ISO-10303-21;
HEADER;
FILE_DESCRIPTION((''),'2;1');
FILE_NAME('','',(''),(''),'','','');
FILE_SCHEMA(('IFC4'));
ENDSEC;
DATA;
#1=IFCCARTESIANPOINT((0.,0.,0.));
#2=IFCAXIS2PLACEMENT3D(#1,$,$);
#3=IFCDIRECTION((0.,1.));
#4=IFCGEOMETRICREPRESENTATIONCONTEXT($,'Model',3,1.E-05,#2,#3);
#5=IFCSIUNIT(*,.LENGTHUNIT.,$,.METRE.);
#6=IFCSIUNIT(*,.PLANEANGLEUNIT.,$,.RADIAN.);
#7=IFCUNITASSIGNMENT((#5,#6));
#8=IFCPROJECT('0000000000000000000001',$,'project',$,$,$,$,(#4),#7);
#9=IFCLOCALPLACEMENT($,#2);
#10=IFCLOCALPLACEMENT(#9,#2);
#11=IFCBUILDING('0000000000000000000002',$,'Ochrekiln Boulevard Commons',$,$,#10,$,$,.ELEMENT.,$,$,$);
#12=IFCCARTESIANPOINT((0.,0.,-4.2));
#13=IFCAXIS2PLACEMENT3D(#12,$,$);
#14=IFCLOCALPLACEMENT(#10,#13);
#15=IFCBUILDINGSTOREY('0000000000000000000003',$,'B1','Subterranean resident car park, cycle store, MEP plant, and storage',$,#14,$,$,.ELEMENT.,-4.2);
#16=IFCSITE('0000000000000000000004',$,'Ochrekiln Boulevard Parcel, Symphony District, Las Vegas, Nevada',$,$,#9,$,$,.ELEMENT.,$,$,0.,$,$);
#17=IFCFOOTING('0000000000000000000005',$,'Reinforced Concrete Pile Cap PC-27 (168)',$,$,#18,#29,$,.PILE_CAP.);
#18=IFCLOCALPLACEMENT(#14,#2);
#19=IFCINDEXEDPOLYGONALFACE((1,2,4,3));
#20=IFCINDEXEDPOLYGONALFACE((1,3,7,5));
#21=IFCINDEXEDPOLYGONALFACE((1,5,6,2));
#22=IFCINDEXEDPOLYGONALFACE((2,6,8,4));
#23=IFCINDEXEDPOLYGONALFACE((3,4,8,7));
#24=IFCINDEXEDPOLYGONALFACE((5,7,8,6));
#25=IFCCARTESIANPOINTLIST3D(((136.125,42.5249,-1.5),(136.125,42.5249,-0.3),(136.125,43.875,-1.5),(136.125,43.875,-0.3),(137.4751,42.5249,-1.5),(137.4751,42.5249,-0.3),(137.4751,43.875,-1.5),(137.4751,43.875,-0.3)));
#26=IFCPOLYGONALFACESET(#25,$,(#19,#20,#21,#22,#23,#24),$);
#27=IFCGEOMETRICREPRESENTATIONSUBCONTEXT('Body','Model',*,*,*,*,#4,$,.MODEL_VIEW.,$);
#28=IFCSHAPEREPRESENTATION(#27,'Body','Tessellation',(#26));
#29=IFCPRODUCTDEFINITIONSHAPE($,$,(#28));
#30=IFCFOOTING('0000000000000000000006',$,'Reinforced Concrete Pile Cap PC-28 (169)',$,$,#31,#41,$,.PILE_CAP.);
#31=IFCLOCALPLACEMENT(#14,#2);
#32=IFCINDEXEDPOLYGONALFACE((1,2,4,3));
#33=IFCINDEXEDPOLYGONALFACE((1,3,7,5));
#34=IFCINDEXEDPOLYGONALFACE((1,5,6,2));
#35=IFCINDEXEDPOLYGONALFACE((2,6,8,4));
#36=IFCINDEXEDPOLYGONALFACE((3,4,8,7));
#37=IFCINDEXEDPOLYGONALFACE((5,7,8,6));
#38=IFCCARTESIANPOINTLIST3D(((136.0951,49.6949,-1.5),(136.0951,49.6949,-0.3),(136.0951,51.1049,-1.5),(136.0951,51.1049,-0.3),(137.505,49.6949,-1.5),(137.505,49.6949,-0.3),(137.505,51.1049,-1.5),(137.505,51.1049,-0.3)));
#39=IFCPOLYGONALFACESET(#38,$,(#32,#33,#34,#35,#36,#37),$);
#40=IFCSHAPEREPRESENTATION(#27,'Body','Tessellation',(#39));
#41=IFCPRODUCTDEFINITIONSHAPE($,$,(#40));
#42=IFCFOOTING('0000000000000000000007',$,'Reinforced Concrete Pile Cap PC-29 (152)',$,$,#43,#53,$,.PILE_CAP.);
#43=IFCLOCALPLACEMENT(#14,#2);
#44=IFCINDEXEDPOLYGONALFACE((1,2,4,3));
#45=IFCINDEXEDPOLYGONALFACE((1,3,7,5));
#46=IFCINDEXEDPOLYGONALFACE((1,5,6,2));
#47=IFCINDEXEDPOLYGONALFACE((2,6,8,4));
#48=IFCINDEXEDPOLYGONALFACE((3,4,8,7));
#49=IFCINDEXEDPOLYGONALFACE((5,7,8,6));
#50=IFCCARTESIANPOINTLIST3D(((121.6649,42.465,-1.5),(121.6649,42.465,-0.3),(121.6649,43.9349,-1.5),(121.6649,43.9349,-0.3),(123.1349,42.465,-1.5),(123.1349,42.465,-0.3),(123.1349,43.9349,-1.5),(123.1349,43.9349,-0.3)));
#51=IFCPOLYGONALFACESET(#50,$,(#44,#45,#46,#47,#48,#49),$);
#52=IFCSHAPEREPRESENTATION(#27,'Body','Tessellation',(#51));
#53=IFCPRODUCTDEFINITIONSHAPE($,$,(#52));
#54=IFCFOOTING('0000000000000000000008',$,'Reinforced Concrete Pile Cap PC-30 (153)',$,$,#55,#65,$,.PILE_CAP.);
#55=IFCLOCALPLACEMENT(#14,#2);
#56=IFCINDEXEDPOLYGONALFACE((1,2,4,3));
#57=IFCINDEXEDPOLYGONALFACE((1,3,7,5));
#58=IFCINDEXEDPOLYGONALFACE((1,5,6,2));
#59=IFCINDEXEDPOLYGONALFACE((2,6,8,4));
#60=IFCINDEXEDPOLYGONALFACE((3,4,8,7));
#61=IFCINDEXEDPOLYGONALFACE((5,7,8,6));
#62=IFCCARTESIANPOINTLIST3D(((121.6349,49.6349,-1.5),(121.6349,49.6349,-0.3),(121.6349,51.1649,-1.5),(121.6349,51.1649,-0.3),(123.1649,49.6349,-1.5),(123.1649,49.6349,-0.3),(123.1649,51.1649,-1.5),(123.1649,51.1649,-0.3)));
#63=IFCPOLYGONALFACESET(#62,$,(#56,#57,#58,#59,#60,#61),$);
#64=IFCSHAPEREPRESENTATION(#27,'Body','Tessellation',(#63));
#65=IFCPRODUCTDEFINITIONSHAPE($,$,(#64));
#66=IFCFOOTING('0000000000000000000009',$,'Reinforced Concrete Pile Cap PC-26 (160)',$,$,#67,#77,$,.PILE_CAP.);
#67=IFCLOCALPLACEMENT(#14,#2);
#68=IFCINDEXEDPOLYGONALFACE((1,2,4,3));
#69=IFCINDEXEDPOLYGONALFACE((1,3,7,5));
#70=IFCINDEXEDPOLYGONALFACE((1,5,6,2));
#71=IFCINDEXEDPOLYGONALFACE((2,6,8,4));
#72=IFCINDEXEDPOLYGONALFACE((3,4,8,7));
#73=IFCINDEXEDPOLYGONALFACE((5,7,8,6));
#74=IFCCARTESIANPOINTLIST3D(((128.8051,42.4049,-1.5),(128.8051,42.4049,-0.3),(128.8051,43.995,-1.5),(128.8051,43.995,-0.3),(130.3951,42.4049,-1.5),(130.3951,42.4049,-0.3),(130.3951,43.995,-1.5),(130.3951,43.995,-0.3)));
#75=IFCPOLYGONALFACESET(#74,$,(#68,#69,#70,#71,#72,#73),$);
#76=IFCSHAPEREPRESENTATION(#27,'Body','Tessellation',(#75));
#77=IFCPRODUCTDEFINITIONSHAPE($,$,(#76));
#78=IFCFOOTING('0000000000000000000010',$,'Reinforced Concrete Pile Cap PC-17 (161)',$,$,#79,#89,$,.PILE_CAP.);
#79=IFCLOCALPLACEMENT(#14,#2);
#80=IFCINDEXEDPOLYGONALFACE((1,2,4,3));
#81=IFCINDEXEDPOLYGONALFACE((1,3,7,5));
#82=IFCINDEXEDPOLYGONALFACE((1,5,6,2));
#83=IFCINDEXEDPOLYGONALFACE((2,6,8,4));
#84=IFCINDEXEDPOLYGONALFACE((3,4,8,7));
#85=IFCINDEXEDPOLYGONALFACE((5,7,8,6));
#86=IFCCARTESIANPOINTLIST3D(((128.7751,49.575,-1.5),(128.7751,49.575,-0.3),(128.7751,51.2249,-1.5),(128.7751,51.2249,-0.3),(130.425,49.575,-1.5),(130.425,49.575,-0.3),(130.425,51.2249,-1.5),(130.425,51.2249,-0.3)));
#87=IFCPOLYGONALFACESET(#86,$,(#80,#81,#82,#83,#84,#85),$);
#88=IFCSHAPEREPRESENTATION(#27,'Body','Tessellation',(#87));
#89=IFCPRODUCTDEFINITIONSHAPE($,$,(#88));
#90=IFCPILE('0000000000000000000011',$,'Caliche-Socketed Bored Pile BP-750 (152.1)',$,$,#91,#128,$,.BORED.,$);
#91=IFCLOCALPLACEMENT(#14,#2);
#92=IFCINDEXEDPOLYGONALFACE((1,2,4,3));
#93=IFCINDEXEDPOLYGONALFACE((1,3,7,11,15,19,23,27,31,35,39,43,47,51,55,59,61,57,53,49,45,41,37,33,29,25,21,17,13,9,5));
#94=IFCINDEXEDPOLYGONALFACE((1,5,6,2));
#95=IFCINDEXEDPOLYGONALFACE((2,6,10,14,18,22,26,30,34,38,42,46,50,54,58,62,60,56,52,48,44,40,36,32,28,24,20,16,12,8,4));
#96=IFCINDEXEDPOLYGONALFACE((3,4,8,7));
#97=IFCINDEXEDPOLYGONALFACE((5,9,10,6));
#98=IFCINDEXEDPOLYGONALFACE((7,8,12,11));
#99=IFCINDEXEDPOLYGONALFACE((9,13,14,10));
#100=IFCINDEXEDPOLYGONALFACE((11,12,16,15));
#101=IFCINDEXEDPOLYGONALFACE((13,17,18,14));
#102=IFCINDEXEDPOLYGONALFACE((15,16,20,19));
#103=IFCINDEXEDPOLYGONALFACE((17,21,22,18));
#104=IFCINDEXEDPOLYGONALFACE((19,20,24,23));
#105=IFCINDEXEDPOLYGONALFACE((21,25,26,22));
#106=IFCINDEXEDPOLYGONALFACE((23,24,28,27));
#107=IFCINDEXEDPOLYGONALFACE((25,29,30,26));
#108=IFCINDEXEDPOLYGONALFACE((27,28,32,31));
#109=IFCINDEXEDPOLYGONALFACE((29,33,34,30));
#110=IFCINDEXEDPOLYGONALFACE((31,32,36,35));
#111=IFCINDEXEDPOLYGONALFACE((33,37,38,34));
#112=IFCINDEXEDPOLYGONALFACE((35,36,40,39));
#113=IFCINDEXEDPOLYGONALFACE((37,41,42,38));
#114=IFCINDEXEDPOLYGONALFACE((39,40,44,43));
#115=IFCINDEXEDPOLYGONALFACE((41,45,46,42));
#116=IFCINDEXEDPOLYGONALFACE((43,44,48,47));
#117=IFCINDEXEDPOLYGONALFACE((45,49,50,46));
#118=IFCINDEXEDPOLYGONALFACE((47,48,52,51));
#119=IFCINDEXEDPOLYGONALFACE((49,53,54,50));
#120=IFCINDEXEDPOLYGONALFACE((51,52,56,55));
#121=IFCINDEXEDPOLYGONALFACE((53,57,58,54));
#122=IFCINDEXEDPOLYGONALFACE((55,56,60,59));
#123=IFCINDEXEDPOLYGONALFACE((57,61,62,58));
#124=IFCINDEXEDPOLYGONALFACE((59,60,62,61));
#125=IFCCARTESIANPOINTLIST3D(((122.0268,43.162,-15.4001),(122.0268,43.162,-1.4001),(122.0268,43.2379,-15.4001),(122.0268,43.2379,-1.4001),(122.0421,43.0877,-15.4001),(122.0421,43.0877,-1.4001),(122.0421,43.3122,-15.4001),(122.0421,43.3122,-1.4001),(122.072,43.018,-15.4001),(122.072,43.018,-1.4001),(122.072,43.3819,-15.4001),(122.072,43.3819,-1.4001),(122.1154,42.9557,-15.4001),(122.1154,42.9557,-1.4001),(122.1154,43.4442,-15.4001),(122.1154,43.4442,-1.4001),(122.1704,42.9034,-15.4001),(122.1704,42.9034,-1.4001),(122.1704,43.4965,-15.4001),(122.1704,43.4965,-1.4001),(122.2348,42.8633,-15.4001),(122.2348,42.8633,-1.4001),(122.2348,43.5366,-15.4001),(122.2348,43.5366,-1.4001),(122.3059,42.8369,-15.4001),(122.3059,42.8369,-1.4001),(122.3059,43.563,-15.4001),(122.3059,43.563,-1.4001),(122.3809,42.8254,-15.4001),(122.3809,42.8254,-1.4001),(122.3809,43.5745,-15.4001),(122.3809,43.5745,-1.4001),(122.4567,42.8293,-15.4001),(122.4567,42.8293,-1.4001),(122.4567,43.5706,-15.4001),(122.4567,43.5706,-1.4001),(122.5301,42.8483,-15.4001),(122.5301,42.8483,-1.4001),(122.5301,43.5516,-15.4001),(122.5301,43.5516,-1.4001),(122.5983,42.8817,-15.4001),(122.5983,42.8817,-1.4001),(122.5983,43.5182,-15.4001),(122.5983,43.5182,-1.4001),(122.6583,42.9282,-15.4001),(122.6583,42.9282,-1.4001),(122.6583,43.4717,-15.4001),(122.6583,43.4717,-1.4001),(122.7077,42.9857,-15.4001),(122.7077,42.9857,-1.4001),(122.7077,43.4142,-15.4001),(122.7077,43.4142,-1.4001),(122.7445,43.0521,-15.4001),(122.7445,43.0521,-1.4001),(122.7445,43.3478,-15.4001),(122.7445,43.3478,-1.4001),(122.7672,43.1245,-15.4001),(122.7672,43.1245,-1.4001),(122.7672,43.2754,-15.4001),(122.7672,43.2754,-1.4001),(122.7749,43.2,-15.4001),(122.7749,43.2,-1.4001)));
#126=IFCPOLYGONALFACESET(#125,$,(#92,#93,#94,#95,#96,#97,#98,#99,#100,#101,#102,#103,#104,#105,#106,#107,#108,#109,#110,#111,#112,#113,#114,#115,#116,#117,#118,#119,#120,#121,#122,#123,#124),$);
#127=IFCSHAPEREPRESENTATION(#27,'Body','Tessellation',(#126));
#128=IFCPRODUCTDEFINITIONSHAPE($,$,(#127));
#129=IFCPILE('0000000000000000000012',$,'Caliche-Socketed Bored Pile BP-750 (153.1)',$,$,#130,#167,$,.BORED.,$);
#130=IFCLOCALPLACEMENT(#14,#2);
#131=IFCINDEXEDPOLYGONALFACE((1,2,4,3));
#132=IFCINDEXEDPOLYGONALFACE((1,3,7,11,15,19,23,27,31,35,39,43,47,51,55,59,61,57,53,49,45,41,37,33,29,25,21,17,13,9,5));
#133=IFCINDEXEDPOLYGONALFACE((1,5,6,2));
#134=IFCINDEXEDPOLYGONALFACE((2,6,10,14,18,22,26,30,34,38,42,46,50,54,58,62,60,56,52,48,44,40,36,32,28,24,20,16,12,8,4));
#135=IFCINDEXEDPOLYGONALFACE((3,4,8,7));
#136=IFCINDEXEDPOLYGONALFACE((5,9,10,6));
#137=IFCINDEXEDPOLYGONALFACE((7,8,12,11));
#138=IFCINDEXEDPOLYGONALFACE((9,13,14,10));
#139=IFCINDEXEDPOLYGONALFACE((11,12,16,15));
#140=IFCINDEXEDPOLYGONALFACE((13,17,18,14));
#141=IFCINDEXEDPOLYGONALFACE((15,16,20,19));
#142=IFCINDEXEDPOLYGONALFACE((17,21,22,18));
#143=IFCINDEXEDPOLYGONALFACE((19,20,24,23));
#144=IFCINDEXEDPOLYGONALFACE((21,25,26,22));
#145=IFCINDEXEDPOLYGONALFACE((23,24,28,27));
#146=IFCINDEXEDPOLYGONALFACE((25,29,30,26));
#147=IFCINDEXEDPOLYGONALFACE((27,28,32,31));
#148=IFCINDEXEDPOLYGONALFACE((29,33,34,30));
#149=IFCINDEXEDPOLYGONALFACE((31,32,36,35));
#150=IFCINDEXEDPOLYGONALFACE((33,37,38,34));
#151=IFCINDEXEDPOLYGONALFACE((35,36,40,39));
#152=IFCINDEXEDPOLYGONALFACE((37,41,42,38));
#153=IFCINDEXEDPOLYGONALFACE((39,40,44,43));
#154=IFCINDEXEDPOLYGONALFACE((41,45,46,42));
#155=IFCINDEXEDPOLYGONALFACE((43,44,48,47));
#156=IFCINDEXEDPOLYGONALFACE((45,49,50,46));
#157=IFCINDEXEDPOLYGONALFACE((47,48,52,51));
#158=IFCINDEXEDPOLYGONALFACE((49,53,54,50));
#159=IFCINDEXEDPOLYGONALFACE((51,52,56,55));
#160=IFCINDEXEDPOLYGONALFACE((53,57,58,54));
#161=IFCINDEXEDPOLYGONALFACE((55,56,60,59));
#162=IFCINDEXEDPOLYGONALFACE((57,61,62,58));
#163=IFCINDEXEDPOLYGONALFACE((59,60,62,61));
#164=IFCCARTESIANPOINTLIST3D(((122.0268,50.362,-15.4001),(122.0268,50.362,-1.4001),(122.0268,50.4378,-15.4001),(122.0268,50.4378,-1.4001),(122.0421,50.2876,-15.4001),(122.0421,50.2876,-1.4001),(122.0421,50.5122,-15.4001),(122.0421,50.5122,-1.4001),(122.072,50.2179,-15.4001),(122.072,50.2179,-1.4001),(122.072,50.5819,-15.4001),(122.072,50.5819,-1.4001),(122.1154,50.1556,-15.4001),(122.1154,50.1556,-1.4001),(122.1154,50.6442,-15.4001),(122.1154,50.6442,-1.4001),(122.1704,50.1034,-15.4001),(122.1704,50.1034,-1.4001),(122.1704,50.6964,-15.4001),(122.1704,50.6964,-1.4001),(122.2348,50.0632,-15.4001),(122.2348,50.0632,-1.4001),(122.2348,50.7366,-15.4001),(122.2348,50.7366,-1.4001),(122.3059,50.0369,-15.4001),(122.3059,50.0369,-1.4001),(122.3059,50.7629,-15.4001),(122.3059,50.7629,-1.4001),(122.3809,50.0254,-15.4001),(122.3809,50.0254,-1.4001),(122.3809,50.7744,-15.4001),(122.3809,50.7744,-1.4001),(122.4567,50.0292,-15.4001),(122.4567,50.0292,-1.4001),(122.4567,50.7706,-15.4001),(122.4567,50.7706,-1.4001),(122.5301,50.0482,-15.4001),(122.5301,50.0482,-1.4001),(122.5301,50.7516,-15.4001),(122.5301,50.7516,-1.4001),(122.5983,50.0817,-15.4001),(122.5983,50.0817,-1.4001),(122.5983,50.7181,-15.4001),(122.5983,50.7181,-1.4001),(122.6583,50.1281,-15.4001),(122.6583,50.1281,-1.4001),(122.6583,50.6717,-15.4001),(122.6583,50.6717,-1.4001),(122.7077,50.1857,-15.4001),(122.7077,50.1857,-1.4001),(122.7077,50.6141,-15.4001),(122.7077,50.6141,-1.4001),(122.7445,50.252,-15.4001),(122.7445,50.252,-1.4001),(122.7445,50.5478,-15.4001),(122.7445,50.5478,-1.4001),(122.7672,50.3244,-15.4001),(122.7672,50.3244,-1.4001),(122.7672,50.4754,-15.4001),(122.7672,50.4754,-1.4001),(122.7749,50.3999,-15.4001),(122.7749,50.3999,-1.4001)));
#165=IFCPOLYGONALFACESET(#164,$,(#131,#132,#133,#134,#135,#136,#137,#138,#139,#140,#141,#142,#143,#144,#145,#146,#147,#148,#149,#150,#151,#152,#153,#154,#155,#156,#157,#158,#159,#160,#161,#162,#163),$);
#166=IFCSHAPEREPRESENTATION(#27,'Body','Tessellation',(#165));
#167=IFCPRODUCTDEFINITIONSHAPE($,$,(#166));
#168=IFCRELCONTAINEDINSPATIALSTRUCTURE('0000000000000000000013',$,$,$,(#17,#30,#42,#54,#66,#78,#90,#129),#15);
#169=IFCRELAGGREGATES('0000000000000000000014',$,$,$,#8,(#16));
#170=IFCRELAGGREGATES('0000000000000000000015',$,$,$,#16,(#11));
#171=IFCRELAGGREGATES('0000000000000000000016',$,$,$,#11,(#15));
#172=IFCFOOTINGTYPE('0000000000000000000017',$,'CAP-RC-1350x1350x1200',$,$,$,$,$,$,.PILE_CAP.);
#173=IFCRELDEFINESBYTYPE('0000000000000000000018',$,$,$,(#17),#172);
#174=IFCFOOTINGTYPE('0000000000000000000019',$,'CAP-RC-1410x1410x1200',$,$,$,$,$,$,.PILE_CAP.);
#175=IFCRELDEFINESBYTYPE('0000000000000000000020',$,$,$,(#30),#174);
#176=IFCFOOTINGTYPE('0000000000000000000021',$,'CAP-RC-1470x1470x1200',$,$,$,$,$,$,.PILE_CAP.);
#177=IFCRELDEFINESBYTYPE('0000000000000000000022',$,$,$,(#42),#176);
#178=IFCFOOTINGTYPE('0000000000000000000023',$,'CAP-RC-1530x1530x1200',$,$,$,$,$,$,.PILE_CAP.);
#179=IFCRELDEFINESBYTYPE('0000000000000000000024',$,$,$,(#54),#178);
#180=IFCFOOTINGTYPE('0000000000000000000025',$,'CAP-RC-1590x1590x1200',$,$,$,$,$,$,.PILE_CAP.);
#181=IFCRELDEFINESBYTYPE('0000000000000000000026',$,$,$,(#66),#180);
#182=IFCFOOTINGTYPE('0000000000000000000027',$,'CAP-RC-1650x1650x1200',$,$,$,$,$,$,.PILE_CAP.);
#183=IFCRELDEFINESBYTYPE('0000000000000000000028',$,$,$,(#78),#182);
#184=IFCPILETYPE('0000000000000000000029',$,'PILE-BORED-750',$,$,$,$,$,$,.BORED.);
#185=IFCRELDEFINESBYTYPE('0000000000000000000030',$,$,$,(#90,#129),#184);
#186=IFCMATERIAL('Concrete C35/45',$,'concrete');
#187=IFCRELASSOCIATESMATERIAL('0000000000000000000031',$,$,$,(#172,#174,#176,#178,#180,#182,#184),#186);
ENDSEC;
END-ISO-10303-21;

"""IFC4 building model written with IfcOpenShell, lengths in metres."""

from ifc_helpers import new_model, si_unit, direction, frame, origin, origin_2d, place, context, subcontext, project, spatial, rectangle, circle, extrude, material, material_profile, profile_set, type_object, element, save


model = new_model("IFC4")

# Units and contexts
model_context = context("Model", 3, precision=1e-05, world=origin(), true_north=direction((0.0, 1.0)))
body_context = subcontext(model_context, "Body", "Model", "MODEL_VIEW")
ifc_project = project(units=[si_unit("LENGTHUNIT", "METRE"), si_unit("PLANEANGLEUNIT", "RADIAN")], contexts=[model_context])

# Site, building, storey
site_placement = place(None, origin())
site = spatial("IfcSite", under=ifc_project, at=site_placement, Name="Ochrekiln Boulevard Parcel, Symphony District, Las Vegas, Nevada", CompositionType="ELEMENT", RefElevation=0.0)
building_placement = place(site_placement, origin())
building = spatial("IfcBuilding", under=site, at=building_placement, Name="Ochrekiln Boulevard Commons", CompositionType="ELEMENT")
storey_placement = place(building_placement, frame((0.0, 0.0, -4.2)))
storey = spatial("IfcBuildingStorey", under=building, at=storey_placement, Name="B1", Description="Subterranean resident car park, cycle store, MEP plant, and storage", CompositionType="ELEMENT", Elevation=-4.2)

# Footings
ifc_material_1 = material(Name="Concrete C35/45", Category="concrete")
footing_type_1 = type_object("IfcFootingType", Name="CAP-RC-1350x1350x1200", PredefinedType="PILE_CAP", material=ifc_material_1)
footing_1_placement = place(storey_placement, frame((136.8, 43.2, -1.5), z_axis=(0.0, 0.0, 1.0), x_axis=(1.0, 0.0, 0.0)))
element("IfcFooting", 1, at=footing_1_placement, inside=storey, type_object=footing_type_1, Name="Reinforced Concrete Pile Cap PC-27 (168)", PredefinedType="PILE_CAP", context=body_context, shape_type="SweptSolid", body=[
    extrude(rectangle(XDim=1.3501, YDim=1.3501, at=origin_2d()), origin(), (0.0, 0.0, 1.0), 1.2),
])
footing_type_2 = type_object("IfcFootingType", Name="CAP-RC-1410x1410x1200", PredefinedType="PILE_CAP", material=ifc_material_1)
footing_2_placement = place(storey_placement, frame((136.8, 50.3999, -1.5), z_axis=(0.0, 0.0, 1.0), x_axis=(1.0, 0.0, 0.0)))
element("IfcFooting", 2, at=footing_2_placement, inside=storey, type_object=footing_type_2, Name="Reinforced Concrete Pile Cap PC-28 (169)", PredefinedType="PILE_CAP", context=body_context, shape_type="SweptSolid", body=[
    extrude(rectangle(XDim=1.4099, YDim=1.4099, at=origin_2d()), origin(), (0.0, 0.0, 1.0), 1.2),
])
footing_type_3 = type_object("IfcFootingType", Name="CAP-RC-1470x1470x1200", PredefinedType="PILE_CAP", material=ifc_material_1)
footing_3_placement = place(storey_placement, frame((122.3999, 43.2, -1.5), z_axis=(0.0, 0.0, 1.0), x_axis=(1.0, 0.0, 0.0)))
element("IfcFooting", 3, at=footing_3_placement, inside=storey, type_object=footing_type_3, Name="Reinforced Concrete Pile Cap PC-29 (152)", PredefinedType="PILE_CAP", context=body_context, shape_type="SweptSolid", body=[
    extrude(rectangle(XDim=1.47, YDim=1.47, at=origin_2d()), origin(), (0.0, 0.0, 1.0), 1.2),
])
footing_type_4 = type_object("IfcFootingType", Name="CAP-RC-1530x1530x1200", PredefinedType="PILE_CAP", material=ifc_material_1)
footing_4_placement = place(storey_placement, frame((122.3999, 50.3999, -1.5), z_axis=(0.0, 0.0, 1.0), x_axis=(1.0, 0.0, 0.0)))
element("IfcFooting", 4, at=footing_4_placement, inside=storey, type_object=footing_type_4, Name="Reinforced Concrete Pile Cap PC-30 (153)", PredefinedType="PILE_CAP", context=body_context, shape_type="SweptSolid", body=[
    extrude(rectangle(XDim=1.53, YDim=1.53, at=origin_2d()), origin(), (0.0, 0.0, 1.0), 1.2),
])
footing_type_5 = type_object("IfcFootingType", Name="CAP-RC-1590x1590x1200", PredefinedType="PILE_CAP", material=ifc_material_1)
footing_5_placement = place(storey_placement, frame((129.6001, 43.2, -1.5), z_axis=(0.0, 0.0, 1.0), x_axis=(1.0, 0.0, 0.0)))
element("IfcFooting", 5, at=footing_5_placement, inside=storey, type_object=footing_type_5, Name="Reinforced Concrete Pile Cap PC-26 (160)", PredefinedType="PILE_CAP", context=body_context, shape_type="SweptSolid", body=[
    extrude(rectangle(XDim=1.5901, YDim=1.5901, at=origin_2d()), origin(), (0.0, 0.0, 1.0), 1.2),
])
footing_type_6 = type_object("IfcFootingType", Name="CAP-RC-1650x1650x1200", PredefinedType="PILE_CAP", material=ifc_material_1)
footing_6_placement = place(storey_placement, frame((129.6001, 50.3999, -1.5), z_axis=(0.0, 0.0, 1.0), x_axis=(1.0, 0.0, 0.0)))
element("IfcFooting", 6, at=footing_6_placement, inside=storey, type_object=footing_type_6, Name="Reinforced Concrete Pile Cap PC-17 (161)", PredefinedType="PILE_CAP", context=body_context, shape_type="SweptSolid", body=[
    extrude(rectangle(XDim=1.6499, YDim=1.6499, at=origin_2d()), origin(), (0.0, 0.0, 1.0), 1.2),
])

# Piles
ifc_material_profile_1 = material_profile(ifc_material_1, circle(Radius=0.375, at=origin_2d()), Name="PILE-D750")
ifc_profile_set_1 = profile_set([ifc_material_profile_1], Name="Concrete C35/45")
pile_type = type_object("IfcPileType", Name="PILE-BORED-750", PredefinedType="BORED", material=ifc_profile_set_1)
for number, where, z_axis, x_axis, name in (
    (7, (122.3999, 43.2, -1.4001), (0.0, 0.0, -1.0), (1.0, 0.0, 0.0), "Caliche-Socketed Bored Pile BP-750 (152.1)"),
    (8, (122.3999, 50.3999, -1.4001), (0.0, 0.0, -1.0), (1.0, 0.0, 0.0), "Caliche-Socketed Bored Pile BP-750 (153.1)"),
):
    element("IfcPile", number, at=place(storey_placement, frame(where, z_axis=z_axis, x_axis=x_axis)), inside=storey, type_object=pile_type, Name=name, PredefinedType="BORED", context=body_context, shape_type="SweptSolid", body=[
        extrude(circle(Radius=0.375, at=origin_2d()), origin(), (0.0, 0.0, 1.0), 14.0),
    ])

save(model, "model.ifc")
